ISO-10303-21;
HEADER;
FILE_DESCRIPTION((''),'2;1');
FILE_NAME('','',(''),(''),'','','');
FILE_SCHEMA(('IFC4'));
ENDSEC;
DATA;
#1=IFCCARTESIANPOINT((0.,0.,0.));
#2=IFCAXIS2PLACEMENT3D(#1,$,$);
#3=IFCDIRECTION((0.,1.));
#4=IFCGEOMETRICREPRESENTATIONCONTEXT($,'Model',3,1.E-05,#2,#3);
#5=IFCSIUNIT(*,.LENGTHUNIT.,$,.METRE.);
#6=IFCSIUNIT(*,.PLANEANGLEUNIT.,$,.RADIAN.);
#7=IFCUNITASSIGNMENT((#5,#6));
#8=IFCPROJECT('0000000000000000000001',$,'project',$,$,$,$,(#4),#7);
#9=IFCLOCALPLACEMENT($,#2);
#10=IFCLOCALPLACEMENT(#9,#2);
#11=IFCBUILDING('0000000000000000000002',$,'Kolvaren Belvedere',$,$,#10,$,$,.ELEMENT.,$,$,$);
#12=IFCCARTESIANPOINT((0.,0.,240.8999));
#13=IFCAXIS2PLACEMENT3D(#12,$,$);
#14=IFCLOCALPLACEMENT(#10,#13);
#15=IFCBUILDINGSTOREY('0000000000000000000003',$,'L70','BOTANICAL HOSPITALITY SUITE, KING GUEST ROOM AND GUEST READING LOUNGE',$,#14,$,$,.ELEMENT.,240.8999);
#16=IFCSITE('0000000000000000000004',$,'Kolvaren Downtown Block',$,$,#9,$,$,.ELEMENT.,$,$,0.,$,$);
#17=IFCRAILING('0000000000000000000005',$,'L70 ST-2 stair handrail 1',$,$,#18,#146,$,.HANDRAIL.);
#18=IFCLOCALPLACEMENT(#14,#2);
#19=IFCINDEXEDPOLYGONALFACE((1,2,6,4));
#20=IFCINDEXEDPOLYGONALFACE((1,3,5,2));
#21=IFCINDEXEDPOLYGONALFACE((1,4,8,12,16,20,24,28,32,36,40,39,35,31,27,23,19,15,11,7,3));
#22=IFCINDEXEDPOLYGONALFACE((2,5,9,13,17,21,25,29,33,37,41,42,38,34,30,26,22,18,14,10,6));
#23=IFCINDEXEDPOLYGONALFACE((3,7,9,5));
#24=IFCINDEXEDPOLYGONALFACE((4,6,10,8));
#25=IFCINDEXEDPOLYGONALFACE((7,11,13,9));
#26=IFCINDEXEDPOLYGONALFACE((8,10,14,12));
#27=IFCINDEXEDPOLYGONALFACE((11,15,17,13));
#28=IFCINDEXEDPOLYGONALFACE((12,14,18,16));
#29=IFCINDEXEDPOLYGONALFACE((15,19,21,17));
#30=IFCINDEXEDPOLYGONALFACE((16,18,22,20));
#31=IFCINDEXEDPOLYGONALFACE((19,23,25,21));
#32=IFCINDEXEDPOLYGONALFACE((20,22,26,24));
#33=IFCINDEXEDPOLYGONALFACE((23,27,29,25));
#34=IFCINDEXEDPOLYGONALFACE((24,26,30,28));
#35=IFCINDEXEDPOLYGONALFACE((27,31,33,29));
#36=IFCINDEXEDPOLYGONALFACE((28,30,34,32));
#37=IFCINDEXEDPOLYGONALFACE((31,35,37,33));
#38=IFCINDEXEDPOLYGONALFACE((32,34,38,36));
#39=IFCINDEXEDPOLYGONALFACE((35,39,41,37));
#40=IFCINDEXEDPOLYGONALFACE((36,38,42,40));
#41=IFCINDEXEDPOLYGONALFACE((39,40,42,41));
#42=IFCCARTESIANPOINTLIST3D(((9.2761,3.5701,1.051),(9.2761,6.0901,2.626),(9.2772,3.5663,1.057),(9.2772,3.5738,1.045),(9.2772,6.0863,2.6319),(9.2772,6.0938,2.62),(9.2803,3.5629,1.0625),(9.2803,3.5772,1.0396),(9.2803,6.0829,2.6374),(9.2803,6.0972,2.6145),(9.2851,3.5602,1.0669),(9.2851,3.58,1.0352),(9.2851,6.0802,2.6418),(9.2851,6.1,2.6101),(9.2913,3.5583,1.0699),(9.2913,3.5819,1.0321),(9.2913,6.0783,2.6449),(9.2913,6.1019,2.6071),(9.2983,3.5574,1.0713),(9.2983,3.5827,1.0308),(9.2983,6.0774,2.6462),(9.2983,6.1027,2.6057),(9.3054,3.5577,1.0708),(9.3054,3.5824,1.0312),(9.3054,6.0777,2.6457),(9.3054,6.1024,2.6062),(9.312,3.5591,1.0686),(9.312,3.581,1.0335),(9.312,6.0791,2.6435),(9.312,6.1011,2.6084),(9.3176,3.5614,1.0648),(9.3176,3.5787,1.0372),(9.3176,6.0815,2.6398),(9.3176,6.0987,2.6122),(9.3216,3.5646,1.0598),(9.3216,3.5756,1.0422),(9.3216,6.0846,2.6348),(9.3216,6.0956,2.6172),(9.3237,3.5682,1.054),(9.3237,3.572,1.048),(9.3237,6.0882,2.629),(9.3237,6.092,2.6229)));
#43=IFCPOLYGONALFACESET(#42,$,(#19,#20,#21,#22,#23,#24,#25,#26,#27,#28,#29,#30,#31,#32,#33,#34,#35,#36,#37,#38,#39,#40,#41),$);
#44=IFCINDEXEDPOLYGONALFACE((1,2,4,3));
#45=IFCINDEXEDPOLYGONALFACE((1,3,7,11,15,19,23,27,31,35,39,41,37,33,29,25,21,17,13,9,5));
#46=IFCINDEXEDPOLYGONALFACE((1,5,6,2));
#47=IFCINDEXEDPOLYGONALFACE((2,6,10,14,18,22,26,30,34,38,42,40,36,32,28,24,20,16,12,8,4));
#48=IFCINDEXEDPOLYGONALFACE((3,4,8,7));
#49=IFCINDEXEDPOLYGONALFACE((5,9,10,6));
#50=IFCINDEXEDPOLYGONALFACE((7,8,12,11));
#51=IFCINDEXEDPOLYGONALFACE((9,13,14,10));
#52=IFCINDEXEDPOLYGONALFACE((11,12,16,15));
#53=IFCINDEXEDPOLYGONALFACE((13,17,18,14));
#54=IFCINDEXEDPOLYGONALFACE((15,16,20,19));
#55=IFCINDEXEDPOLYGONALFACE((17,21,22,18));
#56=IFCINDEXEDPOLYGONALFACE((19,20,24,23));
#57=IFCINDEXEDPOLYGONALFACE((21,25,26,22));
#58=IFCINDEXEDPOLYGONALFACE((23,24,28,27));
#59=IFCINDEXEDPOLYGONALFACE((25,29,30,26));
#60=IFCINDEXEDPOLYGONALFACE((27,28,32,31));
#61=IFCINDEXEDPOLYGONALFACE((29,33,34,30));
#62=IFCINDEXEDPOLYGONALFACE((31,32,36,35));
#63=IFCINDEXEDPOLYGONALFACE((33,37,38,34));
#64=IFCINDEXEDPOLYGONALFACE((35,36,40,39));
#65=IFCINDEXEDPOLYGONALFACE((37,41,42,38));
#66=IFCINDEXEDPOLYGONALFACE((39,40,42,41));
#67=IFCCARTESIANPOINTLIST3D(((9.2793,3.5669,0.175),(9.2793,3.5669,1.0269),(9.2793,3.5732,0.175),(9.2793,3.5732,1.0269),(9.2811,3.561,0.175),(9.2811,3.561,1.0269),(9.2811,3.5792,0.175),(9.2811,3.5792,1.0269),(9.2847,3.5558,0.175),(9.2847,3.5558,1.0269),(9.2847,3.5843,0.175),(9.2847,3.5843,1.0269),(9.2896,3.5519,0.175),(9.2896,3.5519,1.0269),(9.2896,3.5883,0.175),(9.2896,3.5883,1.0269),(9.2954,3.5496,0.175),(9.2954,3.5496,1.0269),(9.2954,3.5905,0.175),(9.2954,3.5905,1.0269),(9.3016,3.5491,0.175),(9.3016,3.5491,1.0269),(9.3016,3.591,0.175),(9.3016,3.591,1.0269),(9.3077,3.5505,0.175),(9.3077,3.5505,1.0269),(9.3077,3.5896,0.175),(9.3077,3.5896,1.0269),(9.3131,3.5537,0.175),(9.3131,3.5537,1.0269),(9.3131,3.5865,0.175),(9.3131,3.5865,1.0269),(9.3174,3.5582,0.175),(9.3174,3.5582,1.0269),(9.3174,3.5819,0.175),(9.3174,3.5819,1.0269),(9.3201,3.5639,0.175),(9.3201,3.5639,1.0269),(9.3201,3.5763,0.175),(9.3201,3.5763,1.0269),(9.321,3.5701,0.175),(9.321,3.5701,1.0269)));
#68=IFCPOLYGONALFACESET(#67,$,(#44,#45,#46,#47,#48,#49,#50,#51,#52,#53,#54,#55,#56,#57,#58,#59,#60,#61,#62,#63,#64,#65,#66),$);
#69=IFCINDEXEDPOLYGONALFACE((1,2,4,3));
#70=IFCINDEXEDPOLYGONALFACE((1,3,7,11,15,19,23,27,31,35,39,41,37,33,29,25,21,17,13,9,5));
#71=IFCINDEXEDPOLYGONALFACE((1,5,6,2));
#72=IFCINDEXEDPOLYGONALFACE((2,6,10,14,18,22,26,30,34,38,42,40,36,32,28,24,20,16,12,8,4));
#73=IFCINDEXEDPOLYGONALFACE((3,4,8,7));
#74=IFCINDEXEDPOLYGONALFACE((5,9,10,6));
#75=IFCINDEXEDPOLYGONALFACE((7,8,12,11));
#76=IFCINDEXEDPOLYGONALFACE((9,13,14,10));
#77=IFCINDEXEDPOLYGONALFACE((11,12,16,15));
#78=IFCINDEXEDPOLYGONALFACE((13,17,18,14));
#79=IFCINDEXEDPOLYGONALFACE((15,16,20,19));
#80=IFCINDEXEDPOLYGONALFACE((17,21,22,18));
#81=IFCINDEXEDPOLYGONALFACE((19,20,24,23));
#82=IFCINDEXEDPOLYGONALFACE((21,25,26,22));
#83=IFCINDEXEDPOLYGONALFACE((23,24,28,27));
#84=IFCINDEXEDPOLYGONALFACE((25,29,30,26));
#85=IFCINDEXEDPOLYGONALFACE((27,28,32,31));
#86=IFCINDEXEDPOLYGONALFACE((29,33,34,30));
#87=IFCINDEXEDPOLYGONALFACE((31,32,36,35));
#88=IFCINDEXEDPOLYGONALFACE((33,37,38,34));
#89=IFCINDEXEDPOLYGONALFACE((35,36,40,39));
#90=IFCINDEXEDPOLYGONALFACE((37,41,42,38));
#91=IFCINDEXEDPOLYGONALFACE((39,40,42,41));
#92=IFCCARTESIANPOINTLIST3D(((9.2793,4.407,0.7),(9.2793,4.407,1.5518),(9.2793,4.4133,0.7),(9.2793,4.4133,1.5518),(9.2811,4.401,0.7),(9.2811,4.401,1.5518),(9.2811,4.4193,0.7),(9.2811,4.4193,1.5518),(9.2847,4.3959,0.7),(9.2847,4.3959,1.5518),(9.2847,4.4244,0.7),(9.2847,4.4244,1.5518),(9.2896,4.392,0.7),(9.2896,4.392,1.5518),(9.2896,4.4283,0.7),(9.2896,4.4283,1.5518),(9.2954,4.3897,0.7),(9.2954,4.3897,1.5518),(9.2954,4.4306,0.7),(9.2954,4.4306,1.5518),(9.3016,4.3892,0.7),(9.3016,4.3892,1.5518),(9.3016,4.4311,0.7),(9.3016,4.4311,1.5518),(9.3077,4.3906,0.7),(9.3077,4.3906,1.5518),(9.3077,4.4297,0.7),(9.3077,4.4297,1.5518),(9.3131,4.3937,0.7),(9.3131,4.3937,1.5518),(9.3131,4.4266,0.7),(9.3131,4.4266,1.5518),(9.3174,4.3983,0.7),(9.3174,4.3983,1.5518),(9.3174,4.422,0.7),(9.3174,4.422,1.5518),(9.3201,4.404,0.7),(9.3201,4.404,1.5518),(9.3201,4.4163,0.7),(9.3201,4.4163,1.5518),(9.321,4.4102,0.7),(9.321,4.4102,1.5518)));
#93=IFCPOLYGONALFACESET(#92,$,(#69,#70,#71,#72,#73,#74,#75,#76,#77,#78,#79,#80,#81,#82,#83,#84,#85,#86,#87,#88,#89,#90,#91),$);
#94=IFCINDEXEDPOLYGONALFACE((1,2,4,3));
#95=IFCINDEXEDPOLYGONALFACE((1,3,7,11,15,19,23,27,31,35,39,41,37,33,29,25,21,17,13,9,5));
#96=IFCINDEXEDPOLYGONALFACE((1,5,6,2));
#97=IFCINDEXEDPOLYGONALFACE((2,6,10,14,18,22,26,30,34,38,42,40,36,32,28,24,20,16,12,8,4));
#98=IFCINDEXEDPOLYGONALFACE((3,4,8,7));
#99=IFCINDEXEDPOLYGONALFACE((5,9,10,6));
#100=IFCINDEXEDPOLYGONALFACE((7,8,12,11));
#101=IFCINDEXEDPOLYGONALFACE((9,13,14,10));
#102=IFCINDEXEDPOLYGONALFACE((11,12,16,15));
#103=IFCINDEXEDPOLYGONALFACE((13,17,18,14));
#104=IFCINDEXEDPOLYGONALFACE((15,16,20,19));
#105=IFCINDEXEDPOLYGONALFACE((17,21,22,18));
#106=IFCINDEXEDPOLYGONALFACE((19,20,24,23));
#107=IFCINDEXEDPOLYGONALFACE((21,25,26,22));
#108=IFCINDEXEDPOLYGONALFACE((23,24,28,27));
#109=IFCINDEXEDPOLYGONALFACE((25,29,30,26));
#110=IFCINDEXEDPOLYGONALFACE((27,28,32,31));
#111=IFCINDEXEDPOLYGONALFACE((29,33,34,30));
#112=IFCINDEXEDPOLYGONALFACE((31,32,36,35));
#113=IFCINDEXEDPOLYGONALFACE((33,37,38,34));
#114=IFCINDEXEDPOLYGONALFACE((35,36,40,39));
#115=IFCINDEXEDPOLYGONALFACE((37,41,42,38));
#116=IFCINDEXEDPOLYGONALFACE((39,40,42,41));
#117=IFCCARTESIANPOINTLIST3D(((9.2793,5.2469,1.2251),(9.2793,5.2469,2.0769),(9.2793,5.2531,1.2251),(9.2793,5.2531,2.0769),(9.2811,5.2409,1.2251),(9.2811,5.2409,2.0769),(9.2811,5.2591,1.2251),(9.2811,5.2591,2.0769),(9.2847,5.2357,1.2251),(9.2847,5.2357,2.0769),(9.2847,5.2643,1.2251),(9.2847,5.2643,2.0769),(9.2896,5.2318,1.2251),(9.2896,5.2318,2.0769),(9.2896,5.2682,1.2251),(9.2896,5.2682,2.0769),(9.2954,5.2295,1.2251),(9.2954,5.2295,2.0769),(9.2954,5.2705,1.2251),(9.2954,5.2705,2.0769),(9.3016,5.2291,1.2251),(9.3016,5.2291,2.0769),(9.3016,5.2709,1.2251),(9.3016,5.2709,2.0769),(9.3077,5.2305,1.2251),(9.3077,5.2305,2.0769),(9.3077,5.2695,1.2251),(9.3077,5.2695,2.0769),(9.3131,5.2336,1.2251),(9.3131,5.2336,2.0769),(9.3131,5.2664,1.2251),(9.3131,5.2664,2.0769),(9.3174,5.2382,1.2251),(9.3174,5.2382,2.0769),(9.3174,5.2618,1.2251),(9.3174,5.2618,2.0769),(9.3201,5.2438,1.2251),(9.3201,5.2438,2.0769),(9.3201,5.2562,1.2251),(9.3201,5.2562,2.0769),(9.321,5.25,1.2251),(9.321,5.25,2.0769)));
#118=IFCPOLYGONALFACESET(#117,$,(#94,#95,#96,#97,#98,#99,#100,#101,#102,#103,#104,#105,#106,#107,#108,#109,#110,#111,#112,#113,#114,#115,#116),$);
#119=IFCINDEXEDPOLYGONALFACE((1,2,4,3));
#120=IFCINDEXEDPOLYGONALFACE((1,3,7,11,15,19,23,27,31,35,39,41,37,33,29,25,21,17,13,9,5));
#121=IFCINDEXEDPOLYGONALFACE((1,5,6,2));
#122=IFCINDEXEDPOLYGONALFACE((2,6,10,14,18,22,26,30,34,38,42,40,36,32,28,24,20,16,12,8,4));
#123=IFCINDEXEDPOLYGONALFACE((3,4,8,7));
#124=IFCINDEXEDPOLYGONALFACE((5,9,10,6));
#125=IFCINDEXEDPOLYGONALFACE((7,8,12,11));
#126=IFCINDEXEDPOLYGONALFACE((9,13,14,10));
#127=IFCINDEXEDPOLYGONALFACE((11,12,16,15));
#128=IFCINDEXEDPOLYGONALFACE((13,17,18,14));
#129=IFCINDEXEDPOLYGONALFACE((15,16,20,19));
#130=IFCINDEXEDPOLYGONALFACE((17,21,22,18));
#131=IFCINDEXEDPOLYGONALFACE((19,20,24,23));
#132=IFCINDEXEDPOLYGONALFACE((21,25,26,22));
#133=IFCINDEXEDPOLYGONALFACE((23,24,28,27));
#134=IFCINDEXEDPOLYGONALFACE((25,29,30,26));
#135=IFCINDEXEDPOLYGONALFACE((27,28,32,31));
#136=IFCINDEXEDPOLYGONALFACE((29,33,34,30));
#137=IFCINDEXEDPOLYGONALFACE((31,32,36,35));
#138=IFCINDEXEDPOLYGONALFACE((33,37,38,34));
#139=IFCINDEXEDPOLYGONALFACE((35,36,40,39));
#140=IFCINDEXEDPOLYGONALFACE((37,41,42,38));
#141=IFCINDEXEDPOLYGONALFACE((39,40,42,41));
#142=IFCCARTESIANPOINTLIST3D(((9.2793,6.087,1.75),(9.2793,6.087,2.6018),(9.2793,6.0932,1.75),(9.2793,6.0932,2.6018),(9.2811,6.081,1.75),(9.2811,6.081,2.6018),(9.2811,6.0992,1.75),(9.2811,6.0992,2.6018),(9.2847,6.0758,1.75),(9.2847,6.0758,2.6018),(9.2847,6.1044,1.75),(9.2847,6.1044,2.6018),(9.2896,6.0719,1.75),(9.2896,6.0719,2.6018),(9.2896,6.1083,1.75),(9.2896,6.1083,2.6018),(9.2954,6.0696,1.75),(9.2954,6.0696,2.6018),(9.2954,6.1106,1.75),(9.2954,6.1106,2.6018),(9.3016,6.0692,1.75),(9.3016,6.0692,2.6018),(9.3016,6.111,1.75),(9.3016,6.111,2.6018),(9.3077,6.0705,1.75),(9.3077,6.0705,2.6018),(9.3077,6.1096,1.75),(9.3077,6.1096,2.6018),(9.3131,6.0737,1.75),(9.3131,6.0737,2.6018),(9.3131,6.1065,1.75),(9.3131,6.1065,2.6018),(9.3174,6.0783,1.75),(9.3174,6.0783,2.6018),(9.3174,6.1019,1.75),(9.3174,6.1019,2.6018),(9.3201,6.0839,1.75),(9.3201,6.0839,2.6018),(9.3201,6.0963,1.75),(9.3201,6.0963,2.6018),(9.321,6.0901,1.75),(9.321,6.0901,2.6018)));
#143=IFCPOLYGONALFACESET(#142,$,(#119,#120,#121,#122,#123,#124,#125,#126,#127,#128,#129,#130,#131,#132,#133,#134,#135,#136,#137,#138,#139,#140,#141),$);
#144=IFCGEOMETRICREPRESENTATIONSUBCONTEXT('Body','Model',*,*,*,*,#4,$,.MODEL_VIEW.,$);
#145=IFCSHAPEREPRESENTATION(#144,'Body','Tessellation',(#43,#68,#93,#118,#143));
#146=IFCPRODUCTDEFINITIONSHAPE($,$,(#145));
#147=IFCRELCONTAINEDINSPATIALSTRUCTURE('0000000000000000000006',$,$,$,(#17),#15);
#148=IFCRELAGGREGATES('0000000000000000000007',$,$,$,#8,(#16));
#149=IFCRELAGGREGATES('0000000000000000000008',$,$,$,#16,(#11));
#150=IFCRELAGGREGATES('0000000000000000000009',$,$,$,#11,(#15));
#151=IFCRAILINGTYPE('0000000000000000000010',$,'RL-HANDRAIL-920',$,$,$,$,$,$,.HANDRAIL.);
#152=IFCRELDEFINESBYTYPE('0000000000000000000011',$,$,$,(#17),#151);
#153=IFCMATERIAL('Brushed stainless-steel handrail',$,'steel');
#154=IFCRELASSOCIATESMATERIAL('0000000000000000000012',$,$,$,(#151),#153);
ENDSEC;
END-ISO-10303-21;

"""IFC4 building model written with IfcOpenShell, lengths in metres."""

from ifc_helpers import new_model, si_unit, direction, frame, origin, origin_2d, place, context, subcontext, project, spatial, circle, extrude, material, type_object, element, save


model = new_model("IFC4")

# Units and contexts
model_context = context("Model", 3, precision=1e-05, world=origin(), true_north=direction((0.0, 1.0)))
body_context = subcontext(model_context, "Body", "Model", "MODEL_VIEW")
ifc_project = project(units=[si_unit("LENGTHUNIT", "METRE"), si_unit("PLANEANGLEUNIT", "RADIAN")], contexts=[model_context])

# Site, building, storey
site_placement = place(None, origin())
site = spatial("IfcSite", under=ifc_project, at=site_placement, Name="Kolvaren Downtown Block", CompositionType="ELEMENT", RefElevation=0.0)
building_placement = place(site_placement, origin())
building = spatial("IfcBuilding", under=site, at=building_placement, Name="Kolvaren Belvedere", CompositionType="ELEMENT")
storey_placement = place(building_placement, frame((0.0, 0.0, 240.8999)))
storey = spatial("IfcBuildingStorey", under=building, at=storey_placement, Name="L70", Description="BOTANICAL HOSPITALITY SUITE, KING GUEST ROOM AND GUEST READING LOUNGE", CompositionType="ELEMENT", Elevation=240.8999)

# Railing
ifc_material_1 = material(Name="Brushed stainless-steel handrail", Category="steel")
railing_type_1 = type_object("IfcRailingType", Name="RL-HANDRAIL-920", PredefinedType="HANDRAIL", material=ifc_material_1)
railing_1_placement = place(storey_placement, frame((9.3, 3.5701, 0.175)))
element("IfcRailing", 1, at=railing_1_placement, inside=storey, type_object=railing_type_1, Name="L70 ST-2 stair handrail 1", PredefinedType="HANDRAIL", context=body_context, shape_type="SweptSolid", body=[
    extrude(circle(Radius=0.0239, at=origin_2d()), frame((0.0, 0.0, 0.876), z_axis=(0.0, 0.848008, 0.529984), x_axis=(-1.0, 0.0, 0.0)), (0.0, 0.0, 1.0), 2.9717),
    extrude(circle(Radius=0.021, at=origin_2d()), origin(), (0.0, 0.0, 1.0), 0.8518),
    extrude(circle(Radius=0.021, at=origin_2d()), frame((0.0, 0.8401, 0.5249)), (0.0, 0.0, 1.0), 0.8518),
    extrude(circle(Radius=0.021, at=origin_2d()), frame((0.0, 1.6799, 1.05)), (0.0, 0.0, 1.0), 0.8518),
    extrude(circle(Radius=0.021, at=origin_2d()), frame((0.0, 2.52, 1.575)), (0.0, 0.0, 1.0), 0.8518),
])

save(model, "model.ifc")
